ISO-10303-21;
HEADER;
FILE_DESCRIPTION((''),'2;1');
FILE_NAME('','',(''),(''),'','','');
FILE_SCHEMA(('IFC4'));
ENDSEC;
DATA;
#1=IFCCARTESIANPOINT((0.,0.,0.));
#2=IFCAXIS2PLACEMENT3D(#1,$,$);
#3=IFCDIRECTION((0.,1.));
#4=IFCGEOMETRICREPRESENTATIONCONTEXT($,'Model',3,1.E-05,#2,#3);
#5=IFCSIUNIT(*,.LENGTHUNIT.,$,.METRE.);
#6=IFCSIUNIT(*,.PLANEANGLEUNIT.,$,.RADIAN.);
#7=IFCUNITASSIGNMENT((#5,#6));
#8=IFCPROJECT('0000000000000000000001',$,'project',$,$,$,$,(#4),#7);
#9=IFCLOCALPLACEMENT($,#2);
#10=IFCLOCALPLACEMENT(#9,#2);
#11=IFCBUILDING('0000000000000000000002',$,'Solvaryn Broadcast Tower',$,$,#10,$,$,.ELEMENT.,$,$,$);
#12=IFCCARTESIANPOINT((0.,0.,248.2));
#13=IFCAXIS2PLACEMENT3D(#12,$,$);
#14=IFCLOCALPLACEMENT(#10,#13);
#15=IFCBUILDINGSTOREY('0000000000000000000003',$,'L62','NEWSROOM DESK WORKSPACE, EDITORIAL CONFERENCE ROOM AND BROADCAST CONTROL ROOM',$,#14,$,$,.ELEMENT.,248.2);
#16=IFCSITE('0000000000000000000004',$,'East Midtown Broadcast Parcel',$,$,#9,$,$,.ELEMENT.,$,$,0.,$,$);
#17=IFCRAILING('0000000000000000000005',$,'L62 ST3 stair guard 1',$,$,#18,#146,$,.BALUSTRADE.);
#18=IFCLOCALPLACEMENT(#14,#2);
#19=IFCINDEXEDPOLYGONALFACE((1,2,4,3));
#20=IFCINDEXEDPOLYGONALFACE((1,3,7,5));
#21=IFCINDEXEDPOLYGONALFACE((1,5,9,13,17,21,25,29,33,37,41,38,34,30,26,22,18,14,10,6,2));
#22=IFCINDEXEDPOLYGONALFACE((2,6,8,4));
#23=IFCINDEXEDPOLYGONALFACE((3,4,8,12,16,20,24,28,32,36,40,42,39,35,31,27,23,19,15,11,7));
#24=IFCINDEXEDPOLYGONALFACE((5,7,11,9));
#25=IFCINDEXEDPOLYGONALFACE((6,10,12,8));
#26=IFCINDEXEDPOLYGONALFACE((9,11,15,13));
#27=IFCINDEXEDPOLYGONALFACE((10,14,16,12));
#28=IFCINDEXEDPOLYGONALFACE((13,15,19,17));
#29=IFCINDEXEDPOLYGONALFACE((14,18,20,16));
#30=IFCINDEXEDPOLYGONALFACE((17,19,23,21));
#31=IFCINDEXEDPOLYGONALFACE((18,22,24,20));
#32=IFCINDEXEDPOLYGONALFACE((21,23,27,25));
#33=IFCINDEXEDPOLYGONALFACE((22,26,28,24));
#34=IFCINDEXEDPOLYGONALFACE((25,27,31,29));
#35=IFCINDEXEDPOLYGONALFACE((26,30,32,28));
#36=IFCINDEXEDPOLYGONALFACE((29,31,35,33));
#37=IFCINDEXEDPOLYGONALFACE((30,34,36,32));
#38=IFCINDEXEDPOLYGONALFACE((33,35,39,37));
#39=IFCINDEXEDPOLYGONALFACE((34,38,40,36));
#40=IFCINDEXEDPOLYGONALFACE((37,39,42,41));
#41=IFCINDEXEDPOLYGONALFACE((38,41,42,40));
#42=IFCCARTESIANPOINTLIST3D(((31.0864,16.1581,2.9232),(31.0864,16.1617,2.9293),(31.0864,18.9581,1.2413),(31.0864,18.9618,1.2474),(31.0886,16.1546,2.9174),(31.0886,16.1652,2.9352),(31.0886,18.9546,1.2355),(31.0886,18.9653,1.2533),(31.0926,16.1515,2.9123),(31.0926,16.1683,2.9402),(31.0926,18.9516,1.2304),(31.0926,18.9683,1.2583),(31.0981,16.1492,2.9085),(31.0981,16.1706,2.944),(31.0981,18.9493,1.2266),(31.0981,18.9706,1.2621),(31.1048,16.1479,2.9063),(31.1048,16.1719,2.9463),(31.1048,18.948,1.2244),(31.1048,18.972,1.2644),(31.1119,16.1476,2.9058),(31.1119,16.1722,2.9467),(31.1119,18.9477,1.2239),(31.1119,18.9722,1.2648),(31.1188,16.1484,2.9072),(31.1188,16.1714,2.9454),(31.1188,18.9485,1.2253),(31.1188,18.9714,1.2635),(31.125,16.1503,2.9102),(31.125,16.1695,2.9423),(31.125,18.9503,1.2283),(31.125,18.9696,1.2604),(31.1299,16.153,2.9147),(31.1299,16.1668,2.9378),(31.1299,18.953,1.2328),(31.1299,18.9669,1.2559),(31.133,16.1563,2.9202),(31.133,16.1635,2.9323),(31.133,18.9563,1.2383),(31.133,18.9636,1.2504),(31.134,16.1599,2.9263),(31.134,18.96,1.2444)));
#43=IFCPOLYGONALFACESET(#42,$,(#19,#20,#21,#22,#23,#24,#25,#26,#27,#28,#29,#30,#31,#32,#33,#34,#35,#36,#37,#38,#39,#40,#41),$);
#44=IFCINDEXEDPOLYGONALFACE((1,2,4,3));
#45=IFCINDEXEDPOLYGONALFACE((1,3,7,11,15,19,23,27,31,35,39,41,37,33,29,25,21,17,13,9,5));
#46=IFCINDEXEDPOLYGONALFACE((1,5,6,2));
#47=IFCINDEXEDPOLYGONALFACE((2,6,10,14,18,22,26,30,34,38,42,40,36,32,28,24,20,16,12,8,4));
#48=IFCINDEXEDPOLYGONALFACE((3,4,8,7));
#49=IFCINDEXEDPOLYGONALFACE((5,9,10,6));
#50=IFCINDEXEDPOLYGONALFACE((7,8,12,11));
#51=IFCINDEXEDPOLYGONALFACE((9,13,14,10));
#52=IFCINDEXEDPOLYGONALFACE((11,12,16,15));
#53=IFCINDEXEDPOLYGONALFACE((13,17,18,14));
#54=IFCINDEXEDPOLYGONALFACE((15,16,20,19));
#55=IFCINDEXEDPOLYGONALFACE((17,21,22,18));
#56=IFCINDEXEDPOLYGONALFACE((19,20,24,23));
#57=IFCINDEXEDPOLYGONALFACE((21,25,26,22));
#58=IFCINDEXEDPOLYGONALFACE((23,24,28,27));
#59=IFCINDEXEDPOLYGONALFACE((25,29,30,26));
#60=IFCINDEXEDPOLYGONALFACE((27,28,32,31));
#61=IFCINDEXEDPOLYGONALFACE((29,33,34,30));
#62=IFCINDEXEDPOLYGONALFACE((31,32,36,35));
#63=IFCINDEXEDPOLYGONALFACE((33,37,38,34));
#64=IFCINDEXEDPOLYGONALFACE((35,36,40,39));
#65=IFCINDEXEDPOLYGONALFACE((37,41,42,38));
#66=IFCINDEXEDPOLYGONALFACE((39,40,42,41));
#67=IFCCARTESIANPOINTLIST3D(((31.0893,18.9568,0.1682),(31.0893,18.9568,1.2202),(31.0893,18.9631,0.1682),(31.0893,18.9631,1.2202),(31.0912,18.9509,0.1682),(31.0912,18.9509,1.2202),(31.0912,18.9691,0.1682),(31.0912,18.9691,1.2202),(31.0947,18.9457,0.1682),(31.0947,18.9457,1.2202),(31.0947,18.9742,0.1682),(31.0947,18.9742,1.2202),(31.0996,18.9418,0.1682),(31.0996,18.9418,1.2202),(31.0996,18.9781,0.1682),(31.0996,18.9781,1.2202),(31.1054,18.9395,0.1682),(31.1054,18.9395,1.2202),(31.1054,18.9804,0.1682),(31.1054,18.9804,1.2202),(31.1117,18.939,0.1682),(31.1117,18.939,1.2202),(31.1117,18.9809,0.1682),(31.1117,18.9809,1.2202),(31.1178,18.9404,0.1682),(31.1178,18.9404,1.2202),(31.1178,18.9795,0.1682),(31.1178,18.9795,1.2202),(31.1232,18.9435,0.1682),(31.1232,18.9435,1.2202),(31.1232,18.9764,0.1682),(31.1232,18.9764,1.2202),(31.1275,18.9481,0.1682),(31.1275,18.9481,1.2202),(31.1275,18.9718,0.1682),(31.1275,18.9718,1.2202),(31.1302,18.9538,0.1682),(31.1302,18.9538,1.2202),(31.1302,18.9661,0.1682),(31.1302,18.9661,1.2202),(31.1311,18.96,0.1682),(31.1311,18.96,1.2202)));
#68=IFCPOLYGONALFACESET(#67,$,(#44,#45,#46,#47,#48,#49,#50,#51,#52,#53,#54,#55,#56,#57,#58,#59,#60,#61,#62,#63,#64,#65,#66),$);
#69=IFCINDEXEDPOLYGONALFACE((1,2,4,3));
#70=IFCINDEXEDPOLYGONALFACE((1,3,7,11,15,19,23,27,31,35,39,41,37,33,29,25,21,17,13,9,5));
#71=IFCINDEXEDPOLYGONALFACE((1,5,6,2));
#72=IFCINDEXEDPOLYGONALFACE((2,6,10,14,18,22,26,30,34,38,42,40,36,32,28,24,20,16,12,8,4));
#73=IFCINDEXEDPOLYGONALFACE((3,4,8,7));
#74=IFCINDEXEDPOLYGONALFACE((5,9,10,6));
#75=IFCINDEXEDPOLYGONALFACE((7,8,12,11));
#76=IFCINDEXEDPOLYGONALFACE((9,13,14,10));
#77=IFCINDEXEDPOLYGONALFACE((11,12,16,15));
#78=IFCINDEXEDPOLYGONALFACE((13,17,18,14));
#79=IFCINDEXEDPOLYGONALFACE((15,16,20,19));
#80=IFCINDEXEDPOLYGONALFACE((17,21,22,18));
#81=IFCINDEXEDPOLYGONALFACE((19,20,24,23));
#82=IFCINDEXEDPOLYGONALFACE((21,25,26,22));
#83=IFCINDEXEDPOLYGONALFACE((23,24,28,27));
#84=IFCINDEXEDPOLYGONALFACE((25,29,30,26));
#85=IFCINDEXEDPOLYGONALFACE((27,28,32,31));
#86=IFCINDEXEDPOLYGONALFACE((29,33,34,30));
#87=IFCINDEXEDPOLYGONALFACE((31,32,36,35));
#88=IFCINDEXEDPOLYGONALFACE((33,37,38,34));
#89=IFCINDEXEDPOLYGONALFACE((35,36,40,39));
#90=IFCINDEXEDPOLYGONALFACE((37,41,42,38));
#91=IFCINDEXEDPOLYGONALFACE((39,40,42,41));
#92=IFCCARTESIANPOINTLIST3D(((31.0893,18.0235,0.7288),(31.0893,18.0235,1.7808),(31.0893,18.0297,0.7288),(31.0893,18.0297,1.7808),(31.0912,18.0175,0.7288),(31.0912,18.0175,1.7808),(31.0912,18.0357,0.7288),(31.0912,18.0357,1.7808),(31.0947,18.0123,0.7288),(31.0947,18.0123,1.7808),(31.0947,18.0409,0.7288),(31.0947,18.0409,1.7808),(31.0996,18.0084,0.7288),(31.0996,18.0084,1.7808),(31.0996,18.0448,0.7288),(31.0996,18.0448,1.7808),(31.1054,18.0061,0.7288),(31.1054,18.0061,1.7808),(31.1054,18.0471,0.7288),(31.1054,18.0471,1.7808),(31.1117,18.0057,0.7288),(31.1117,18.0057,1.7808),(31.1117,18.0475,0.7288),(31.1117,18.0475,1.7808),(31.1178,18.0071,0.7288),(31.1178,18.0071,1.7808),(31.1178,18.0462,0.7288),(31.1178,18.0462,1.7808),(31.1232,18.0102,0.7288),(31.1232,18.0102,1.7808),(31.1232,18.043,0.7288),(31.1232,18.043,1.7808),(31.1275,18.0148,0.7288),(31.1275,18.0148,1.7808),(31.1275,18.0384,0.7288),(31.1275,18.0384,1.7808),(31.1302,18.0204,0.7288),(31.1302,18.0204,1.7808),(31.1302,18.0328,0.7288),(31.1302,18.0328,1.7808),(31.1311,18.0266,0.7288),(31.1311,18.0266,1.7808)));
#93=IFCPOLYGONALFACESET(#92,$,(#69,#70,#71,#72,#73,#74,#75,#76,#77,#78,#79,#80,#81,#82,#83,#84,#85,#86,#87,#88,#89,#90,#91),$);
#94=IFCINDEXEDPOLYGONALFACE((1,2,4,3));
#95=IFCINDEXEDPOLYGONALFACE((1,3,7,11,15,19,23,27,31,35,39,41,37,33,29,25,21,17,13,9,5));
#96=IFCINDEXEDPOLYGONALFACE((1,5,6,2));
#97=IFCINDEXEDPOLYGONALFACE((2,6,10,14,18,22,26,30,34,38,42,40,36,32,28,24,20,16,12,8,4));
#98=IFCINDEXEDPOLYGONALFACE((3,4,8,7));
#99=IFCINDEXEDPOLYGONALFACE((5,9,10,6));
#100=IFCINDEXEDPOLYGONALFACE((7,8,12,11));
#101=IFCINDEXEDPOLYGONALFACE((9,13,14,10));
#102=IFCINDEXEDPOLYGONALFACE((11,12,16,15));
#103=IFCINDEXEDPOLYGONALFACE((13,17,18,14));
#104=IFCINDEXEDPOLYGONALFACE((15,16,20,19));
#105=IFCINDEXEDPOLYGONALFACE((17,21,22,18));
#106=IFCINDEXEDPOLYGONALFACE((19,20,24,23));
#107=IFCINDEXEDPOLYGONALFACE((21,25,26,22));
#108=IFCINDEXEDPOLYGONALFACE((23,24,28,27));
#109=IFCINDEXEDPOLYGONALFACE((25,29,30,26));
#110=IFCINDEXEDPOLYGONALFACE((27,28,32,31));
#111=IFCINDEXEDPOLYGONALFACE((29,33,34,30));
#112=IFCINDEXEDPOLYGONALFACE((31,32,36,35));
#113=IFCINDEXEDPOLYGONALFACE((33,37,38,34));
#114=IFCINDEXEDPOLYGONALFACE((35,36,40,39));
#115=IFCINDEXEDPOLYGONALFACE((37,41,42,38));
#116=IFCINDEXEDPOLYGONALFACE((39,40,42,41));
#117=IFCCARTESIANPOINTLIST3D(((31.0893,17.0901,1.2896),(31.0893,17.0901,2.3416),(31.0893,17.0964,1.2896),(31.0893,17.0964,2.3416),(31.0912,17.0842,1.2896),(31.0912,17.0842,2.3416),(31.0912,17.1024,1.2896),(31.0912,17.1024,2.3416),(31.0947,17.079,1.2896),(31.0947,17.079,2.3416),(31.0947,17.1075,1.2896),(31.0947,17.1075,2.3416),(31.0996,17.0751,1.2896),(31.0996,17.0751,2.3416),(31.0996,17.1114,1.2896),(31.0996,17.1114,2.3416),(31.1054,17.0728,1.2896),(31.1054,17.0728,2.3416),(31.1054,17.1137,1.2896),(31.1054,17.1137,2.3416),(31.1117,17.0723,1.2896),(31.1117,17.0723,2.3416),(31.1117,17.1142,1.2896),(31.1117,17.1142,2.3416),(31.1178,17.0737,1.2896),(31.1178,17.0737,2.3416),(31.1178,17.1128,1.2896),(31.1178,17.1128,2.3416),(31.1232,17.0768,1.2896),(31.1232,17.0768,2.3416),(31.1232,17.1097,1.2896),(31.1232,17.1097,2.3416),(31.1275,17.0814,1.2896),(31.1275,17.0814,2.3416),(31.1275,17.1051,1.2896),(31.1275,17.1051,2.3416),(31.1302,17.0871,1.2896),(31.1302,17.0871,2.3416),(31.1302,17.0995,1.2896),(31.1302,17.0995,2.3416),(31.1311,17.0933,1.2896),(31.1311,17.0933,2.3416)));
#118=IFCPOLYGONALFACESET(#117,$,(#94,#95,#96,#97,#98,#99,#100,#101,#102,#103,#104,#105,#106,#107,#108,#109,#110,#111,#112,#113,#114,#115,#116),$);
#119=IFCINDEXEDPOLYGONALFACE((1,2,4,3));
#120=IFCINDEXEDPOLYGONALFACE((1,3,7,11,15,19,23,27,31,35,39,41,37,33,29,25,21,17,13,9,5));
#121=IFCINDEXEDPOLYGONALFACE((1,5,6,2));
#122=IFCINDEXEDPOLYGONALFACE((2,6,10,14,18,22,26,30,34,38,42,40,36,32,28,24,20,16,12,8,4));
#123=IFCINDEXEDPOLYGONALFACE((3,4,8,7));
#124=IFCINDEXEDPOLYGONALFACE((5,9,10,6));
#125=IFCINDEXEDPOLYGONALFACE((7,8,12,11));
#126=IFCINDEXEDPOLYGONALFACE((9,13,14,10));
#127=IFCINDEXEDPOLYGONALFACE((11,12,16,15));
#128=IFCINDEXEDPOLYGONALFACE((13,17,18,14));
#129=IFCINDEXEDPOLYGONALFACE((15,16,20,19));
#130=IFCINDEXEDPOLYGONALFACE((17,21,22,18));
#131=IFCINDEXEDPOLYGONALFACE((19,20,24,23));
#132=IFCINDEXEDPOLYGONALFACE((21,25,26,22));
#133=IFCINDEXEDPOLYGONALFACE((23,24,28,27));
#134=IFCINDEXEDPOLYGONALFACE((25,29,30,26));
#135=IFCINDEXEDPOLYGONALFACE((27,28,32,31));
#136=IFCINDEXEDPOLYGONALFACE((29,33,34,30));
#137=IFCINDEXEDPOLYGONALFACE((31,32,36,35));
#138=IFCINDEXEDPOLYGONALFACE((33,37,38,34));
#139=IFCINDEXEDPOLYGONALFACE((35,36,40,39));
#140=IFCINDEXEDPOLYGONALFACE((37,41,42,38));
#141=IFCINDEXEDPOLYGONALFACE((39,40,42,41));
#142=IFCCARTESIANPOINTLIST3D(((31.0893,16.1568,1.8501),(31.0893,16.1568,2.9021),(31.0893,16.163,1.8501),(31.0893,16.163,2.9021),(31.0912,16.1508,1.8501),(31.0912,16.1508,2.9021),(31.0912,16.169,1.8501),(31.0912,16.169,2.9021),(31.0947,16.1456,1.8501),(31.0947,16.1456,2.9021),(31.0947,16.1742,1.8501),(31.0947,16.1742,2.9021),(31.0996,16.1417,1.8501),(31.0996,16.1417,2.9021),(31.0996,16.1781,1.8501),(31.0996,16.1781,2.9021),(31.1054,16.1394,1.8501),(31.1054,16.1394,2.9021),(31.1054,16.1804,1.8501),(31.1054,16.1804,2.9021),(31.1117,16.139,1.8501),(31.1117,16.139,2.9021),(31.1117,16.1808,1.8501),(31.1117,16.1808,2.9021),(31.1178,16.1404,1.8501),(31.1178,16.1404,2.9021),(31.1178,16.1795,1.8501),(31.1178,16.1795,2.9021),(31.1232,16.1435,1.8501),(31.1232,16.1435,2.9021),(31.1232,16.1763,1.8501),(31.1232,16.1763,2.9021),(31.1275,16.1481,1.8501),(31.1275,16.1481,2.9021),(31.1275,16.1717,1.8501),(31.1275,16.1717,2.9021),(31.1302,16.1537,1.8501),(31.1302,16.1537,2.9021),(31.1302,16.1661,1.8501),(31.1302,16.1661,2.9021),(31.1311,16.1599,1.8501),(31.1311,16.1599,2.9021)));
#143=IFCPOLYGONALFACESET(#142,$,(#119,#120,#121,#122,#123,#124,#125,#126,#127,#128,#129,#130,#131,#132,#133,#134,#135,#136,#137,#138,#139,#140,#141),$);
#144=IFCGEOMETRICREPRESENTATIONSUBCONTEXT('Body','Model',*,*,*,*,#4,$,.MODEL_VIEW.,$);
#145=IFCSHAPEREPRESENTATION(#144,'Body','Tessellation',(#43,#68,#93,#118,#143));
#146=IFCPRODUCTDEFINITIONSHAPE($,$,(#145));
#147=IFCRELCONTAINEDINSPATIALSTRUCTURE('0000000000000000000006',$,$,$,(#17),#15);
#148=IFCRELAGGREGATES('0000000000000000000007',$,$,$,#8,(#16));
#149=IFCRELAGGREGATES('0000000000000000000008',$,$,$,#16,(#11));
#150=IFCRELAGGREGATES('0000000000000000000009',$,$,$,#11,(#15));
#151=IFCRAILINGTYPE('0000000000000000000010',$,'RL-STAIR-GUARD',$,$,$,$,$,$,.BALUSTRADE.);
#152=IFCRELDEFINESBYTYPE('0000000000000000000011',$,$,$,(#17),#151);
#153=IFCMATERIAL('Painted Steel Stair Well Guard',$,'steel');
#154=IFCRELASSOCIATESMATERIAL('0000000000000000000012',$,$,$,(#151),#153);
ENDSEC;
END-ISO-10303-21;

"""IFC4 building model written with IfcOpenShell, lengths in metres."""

from ifc_helpers import new_model, si_unit, direction, frame, origin, origin_2d, place, context, subcontext, project, spatial, circle, extrude, material, type_object, element, save


model = new_model("IFC4")

# Units and contexts
model_context = context("Model", 3, precision=1e-05, world=origin(), true_north=direction((0.0, 1.0)))
body_context = subcontext(model_context, "Body", "Model", "MODEL_VIEW")
ifc_project = project(units=[si_unit("LENGTHUNIT", "METRE"), si_unit("PLANEANGLEUNIT", "RADIAN")], contexts=[model_context])

# Site, building, storey
site_placement = place(None, origin())
site = spatial("IfcSite", under=ifc_project, at=site_placement, Name="East Midtown Broadcast Parcel", CompositionType="ELEMENT", RefElevation=0.0)
building_placement = place(site_placement, origin())
building = spatial("IfcBuilding", under=site, at=building_placement, Name="Solvaryn Broadcast Tower", CompositionType="ELEMENT")
storey_placement = place(building_placement, frame((0.0, 0.0, 248.2)))
storey = spatial("IfcBuildingStorey", under=building, at=storey_placement, Name="L62", Description="NEWSROOM DESK WORKSPACE, EDITORIAL CONFERENCE ROOM AND BROADCAST CONTROL ROOM", CompositionType="ELEMENT", Elevation=248.2)

# Railing
ifc_material_1 = material(Name="Painted Steel Stair Well Guard", Category="steel")
railing_type_1 = type_object("IfcRailingType", Name="RL-STAIR-GUARD", PredefinedType="BALUSTRADE", material=ifc_material_1)
railing_1_placement = place(storey_placement, frame((31.1101, 18.96, 0.1682)))
element("IfcRailing", 1, at=railing_1_placement, inside=storey, type_object=railing_type_1, Name="L62 ST3 stair guard 1", PredefinedType="BALUSTRADE", context=body_context, shape_type="SweptSolid", body=[
    extrude(circle(Radius=0.0239, at=origin_2d()), frame((0.0, 0.0, 1.0762), z_axis=(0.0, -0.857242, 0.514913), x_axis=(1.0, 0.0, 0.0)), (0.0, 0.0, 1.0), 3.2664),
    extrude(circle(Radius=0.021, at=origin_2d()), origin(), (0.0, 0.0, 1.0), 1.052),
    extrude(circle(Radius=0.021, at=origin_2d()), frame((0.0, -0.9333, 0.5605)), (0.0, 0.0, 1.0), 1.052),
    extrude(circle(Radius=0.021, at=origin_2d()), frame((0.0, -1.8667, 1.1213)), (0.0, 0.0, 1.0), 1.052),
    extrude(circle(Radius=0.021, at=origin_2d()), frame((0.0, -2.8, 1.6819)), (0.0, 0.0, 1.0), 1.052),
])

save(model, "model.ifc")
